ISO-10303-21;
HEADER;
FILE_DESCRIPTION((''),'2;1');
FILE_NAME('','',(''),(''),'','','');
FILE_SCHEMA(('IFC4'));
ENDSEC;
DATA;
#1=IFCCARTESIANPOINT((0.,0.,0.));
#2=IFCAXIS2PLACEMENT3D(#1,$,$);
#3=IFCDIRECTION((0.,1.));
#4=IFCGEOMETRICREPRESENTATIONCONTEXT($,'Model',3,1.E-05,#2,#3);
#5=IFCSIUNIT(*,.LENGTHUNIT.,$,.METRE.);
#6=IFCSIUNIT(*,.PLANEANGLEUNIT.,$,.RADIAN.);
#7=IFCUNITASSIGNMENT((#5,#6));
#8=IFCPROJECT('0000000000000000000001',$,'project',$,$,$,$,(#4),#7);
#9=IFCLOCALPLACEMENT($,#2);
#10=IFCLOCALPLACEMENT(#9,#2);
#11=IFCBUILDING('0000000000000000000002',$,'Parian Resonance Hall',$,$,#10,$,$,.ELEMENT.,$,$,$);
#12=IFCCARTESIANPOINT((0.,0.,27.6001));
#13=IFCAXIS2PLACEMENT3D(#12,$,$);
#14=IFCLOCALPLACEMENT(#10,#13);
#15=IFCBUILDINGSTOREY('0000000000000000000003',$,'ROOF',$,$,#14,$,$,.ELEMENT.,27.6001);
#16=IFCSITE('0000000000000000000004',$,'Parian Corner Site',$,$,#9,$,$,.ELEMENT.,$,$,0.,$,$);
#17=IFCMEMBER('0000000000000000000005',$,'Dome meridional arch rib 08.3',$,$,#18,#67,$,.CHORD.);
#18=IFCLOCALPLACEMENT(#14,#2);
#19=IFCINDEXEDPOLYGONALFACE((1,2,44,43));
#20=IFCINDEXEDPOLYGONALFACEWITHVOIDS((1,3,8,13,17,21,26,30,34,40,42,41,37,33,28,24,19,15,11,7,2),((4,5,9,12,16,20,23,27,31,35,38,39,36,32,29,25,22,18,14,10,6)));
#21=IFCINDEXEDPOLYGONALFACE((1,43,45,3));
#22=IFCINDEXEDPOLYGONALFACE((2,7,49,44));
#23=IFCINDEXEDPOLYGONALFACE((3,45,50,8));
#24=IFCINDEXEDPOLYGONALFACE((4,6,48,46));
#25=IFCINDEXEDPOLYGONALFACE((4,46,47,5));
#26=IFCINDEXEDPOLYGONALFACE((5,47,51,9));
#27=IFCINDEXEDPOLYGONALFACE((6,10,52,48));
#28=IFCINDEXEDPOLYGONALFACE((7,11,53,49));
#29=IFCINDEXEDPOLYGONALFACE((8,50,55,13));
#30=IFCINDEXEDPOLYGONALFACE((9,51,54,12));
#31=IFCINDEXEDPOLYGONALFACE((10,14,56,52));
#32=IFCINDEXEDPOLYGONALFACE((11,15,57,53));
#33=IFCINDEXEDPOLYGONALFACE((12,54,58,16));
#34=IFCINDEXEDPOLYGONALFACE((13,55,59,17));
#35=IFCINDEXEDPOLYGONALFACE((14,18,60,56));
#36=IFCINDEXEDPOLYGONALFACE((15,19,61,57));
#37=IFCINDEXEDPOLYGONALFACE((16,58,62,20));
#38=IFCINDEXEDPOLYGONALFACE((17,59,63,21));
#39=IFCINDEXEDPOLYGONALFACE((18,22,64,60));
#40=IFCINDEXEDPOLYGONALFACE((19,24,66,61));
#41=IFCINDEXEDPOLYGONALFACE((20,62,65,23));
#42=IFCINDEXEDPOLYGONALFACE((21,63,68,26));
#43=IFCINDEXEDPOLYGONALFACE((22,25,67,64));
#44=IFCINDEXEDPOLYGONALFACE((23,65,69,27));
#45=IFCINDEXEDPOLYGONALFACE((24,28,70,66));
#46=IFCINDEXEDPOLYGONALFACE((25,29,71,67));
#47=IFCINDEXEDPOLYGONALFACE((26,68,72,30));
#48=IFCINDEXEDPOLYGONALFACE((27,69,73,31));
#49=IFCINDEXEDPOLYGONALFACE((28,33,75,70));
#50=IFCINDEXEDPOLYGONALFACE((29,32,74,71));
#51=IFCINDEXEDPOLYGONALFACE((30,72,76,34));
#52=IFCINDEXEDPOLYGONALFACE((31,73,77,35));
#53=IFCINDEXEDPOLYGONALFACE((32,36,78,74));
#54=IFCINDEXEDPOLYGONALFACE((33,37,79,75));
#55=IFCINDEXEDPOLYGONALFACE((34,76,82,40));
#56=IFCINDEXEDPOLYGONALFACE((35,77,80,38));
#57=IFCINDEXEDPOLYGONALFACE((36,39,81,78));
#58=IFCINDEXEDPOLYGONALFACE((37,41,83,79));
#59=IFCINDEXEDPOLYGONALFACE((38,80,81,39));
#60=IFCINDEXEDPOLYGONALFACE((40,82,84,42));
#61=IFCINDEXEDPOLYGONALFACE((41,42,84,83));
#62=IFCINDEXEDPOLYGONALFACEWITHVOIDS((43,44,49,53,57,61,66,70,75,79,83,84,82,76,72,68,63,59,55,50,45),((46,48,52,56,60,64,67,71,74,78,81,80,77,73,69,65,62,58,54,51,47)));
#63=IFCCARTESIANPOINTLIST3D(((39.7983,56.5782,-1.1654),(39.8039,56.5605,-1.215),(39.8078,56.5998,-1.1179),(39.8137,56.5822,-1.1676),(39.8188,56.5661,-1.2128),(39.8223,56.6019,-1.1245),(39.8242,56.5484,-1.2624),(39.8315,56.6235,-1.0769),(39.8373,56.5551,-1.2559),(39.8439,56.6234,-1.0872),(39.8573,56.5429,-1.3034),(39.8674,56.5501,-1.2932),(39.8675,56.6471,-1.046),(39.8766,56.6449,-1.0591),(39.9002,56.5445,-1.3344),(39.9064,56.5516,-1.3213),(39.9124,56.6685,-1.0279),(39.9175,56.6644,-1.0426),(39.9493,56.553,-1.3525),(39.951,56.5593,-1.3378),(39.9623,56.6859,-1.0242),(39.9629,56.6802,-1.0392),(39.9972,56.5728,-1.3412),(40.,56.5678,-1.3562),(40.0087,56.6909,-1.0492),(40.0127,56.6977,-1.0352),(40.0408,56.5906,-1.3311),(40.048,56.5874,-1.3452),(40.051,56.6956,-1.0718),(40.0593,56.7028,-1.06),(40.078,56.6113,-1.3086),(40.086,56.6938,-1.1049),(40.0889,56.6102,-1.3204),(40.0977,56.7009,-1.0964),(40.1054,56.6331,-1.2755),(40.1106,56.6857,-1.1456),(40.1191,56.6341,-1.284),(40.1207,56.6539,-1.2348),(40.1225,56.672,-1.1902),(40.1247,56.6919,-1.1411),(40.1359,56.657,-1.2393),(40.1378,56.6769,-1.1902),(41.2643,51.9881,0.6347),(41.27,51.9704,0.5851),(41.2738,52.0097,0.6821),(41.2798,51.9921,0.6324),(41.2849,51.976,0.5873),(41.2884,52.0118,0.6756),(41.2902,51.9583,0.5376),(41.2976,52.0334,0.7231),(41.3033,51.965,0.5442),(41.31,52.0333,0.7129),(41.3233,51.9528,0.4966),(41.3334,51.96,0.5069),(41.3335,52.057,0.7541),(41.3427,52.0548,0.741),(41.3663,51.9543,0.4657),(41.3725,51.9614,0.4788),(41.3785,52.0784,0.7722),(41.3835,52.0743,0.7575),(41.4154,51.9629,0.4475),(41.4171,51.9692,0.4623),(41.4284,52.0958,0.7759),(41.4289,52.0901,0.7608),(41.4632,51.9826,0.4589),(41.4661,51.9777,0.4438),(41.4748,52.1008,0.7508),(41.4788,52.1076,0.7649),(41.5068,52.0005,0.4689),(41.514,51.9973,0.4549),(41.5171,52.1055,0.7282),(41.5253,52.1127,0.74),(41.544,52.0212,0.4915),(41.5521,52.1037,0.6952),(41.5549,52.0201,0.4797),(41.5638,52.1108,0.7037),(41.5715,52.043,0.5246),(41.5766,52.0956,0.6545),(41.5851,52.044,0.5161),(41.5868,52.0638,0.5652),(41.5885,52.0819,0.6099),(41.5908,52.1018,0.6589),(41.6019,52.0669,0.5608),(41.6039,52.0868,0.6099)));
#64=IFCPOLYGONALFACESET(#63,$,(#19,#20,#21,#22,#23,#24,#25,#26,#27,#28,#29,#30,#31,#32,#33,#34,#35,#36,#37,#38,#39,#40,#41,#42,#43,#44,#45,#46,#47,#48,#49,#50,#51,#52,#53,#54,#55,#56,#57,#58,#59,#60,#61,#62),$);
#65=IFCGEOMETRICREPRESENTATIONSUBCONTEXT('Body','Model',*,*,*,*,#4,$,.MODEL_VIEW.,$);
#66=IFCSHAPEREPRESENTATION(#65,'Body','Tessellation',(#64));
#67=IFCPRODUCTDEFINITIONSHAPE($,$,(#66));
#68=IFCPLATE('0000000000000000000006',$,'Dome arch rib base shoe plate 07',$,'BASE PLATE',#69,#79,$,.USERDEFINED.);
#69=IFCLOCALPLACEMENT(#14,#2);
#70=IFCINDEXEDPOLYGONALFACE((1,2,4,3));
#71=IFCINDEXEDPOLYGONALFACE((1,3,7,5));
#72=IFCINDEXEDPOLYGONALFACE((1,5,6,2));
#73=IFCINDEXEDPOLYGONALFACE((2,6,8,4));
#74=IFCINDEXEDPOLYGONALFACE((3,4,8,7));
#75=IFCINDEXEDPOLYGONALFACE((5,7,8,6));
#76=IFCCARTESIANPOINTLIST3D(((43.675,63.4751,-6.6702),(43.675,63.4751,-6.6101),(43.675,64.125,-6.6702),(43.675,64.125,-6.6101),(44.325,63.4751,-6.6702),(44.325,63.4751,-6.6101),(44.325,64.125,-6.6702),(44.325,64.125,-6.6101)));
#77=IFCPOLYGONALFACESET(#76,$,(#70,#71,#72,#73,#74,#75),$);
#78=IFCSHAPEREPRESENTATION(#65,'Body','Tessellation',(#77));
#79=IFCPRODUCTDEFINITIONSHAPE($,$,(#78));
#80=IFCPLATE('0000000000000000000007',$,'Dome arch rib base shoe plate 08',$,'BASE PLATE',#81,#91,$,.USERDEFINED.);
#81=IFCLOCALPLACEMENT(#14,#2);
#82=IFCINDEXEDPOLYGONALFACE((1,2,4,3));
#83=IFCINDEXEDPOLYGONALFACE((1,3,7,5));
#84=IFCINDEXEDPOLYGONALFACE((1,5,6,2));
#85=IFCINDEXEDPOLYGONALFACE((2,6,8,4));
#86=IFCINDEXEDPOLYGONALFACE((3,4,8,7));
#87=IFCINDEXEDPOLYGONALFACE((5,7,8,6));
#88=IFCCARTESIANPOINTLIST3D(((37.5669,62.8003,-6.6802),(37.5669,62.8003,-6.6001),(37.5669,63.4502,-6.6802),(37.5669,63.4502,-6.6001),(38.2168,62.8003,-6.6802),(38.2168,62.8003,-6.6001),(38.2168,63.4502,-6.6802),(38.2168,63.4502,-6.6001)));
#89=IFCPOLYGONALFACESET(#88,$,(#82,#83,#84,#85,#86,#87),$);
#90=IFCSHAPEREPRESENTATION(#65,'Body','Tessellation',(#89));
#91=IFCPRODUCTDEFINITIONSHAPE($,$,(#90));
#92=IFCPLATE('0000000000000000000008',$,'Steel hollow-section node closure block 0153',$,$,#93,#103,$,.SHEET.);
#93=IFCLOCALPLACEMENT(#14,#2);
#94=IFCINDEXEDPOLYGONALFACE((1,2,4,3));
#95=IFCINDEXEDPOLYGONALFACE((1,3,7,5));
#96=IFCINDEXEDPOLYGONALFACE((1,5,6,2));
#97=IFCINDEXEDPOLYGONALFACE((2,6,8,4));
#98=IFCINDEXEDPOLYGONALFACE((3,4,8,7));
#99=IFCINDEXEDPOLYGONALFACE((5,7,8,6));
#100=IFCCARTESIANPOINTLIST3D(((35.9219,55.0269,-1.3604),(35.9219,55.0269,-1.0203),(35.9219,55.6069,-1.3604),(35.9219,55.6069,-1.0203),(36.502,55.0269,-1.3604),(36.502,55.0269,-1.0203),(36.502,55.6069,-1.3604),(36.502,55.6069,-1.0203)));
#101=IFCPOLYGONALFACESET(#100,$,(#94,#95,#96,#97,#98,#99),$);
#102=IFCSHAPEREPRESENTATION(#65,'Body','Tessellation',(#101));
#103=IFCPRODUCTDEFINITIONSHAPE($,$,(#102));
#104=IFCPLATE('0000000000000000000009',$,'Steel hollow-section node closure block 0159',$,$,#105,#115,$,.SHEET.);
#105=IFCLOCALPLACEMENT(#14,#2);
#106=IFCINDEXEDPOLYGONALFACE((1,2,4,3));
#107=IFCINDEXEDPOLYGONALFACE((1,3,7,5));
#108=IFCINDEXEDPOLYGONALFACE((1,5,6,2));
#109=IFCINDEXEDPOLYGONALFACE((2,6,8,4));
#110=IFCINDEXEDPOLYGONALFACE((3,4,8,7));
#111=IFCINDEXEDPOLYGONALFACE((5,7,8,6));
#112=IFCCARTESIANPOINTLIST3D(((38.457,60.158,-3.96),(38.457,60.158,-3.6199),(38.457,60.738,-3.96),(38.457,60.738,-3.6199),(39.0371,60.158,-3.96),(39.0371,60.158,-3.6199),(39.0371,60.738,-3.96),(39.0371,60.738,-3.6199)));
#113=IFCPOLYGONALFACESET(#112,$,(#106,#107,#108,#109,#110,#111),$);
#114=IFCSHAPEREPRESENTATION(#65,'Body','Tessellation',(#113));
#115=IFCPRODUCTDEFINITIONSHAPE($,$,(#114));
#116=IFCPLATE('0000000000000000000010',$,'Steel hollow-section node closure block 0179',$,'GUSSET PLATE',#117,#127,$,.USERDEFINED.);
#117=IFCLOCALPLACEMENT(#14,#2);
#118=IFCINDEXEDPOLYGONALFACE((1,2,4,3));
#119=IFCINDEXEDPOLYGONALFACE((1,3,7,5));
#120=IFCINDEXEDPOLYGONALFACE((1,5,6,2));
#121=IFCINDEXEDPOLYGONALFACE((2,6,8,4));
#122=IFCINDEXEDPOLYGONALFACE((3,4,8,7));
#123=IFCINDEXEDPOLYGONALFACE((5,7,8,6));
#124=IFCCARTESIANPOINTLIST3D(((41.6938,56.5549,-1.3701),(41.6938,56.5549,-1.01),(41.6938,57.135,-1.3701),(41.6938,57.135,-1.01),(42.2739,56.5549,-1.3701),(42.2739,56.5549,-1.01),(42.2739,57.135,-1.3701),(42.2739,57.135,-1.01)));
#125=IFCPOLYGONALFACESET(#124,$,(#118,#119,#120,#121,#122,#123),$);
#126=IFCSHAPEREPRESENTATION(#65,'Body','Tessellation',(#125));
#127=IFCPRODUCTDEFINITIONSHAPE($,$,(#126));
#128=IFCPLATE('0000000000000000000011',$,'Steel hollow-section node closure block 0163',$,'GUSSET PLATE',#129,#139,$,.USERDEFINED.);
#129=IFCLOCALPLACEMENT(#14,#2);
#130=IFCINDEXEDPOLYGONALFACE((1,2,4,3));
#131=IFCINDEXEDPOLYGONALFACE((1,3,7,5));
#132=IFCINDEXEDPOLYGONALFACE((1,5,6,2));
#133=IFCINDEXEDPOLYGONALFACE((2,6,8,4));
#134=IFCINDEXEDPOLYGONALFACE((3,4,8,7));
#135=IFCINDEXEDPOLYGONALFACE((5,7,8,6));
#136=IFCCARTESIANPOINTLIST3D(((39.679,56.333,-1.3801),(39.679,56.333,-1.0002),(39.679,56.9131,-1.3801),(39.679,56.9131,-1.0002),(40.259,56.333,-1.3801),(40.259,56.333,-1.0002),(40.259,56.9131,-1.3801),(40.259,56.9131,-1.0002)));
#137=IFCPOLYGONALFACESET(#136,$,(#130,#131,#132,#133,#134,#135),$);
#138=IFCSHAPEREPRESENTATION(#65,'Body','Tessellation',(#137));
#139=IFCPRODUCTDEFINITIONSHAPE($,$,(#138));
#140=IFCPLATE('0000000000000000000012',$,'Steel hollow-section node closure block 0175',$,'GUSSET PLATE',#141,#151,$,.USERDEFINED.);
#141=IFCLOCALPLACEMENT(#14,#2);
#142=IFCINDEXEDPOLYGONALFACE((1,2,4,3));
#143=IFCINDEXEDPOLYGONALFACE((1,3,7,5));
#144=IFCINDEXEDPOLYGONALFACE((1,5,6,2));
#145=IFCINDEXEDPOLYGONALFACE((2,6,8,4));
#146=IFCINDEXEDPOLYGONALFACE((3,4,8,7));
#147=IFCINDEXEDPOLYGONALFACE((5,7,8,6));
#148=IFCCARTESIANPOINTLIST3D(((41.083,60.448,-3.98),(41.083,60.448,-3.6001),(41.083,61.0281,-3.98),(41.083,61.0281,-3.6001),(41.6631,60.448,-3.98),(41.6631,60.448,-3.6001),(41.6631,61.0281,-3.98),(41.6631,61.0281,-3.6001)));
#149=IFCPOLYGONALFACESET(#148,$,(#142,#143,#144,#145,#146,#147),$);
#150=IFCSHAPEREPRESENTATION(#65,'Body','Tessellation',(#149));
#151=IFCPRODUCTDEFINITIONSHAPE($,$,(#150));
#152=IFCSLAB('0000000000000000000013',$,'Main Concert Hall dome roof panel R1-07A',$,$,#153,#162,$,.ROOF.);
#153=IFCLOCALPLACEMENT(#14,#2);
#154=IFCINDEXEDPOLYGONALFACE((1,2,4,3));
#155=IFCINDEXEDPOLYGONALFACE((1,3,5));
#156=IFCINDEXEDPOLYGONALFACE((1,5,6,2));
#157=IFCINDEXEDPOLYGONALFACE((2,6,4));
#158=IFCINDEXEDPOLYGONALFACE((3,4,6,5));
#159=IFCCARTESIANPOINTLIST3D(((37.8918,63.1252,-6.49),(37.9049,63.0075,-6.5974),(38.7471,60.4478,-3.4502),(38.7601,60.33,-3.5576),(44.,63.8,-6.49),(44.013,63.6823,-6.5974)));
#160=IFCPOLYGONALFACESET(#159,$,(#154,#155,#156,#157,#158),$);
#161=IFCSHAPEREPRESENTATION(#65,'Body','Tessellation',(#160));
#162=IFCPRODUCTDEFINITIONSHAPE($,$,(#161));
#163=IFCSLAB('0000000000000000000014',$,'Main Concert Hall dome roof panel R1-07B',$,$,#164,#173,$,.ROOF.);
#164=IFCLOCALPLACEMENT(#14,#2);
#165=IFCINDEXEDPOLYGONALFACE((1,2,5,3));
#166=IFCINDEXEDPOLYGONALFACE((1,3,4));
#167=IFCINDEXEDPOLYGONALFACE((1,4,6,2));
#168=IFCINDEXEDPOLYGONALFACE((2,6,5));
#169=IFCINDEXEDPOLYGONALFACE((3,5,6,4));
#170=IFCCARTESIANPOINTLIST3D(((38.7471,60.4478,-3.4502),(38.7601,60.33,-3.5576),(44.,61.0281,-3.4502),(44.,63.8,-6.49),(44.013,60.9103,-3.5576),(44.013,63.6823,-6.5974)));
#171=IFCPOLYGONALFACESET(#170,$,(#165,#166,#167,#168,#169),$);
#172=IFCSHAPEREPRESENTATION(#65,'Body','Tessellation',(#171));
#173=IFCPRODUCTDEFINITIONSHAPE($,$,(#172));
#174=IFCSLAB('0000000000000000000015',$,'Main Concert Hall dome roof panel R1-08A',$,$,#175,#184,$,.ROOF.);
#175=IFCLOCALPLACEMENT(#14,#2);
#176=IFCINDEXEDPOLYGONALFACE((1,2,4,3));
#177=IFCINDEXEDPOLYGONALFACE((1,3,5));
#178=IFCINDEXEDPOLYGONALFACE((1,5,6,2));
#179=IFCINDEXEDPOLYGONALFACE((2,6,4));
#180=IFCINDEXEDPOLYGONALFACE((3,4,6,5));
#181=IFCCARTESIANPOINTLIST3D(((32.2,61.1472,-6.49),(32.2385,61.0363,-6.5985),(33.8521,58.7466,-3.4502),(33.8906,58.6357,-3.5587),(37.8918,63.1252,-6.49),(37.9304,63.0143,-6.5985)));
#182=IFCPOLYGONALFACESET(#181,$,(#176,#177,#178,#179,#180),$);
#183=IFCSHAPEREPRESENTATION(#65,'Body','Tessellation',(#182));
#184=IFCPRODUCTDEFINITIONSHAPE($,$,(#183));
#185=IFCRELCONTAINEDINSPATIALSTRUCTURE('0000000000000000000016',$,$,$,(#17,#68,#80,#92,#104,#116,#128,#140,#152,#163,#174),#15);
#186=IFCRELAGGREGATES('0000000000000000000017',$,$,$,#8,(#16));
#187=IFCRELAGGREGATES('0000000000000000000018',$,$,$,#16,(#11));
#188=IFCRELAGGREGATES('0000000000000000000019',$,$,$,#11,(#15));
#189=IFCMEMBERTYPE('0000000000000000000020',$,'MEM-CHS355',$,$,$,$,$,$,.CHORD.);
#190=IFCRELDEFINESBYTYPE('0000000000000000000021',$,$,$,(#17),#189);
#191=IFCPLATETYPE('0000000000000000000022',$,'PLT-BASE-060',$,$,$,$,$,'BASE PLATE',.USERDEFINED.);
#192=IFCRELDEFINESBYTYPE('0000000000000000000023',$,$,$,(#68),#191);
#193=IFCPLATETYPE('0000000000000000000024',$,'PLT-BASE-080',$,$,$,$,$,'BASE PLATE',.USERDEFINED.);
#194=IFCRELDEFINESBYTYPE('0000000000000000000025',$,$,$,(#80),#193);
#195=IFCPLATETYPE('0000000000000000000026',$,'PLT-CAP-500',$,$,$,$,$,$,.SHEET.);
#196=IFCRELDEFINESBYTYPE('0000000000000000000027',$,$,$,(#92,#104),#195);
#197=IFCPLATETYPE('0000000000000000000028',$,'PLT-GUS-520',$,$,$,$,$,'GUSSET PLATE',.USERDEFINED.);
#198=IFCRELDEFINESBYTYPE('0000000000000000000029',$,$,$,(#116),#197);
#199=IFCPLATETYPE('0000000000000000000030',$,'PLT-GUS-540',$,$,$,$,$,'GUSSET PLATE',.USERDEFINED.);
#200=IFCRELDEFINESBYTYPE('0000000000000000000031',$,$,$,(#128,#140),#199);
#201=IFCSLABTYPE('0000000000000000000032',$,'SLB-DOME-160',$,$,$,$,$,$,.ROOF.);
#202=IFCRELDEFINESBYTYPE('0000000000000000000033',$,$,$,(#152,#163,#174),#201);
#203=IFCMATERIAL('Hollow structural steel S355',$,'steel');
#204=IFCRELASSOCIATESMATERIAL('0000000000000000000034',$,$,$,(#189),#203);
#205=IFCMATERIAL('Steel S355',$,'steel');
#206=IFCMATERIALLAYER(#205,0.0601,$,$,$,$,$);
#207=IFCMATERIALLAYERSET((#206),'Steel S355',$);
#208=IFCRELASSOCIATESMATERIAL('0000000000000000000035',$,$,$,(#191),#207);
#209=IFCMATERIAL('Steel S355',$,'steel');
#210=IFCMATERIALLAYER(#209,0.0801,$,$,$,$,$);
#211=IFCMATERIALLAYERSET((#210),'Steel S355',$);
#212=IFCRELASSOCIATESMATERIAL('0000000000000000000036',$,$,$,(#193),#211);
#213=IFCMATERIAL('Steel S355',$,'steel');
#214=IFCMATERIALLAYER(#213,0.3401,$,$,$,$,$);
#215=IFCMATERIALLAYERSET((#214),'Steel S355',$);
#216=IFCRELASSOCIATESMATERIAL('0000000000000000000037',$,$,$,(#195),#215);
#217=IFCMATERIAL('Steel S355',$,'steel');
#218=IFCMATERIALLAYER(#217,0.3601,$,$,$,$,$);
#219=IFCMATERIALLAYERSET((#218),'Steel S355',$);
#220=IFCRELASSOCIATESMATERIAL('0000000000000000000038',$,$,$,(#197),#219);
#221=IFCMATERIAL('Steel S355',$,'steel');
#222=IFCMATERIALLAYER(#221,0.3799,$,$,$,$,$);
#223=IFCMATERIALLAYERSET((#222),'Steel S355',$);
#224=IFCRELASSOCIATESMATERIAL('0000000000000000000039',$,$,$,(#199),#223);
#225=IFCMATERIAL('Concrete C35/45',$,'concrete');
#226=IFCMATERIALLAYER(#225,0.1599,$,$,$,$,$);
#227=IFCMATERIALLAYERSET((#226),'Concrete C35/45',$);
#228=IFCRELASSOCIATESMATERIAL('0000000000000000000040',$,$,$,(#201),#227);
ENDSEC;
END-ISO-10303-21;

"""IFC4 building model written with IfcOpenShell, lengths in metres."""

from ifc_helpers import new_model, si_unit, direction, frame, origin, origin_2d, place, context, subcontext, project, spatial, polyline, rectangle, hollow_circle, outline, extrude, material, layer, layer_set, material_profile, profile_set, type_object, element, save


model = new_model("IFC4")

# Units and contexts
model_context = context("Model", 3, precision=1e-05, world=origin(), true_north=direction((0.0, 1.0)))
body_context = subcontext(model_context, "Body", "Model", "MODEL_VIEW")
ifc_project = project(units=[si_unit("LENGTHUNIT", "METRE"), si_unit("PLANEANGLEUNIT", "RADIAN")], contexts=[model_context])

# Site, building, storey
site_placement = place(None, origin())
site = spatial("IfcSite", under=ifc_project, at=site_placement, Name="Parian Corner Site", CompositionType="ELEMENT", RefElevation=0.0)
building_placement = place(site_placement, origin())
building = spatial("IfcBuilding", under=site, at=building_placement, Name="Parian Resonance Hall", CompositionType="ELEMENT")
storey_placement = place(building_placement, frame((0.0, 0.0, 27.6001)))
storey = spatial("IfcBuildingStorey", under=building, at=storey_placement, Name="ROOF", CompositionType="ELEMENT", Elevation=27.6001)

# Member
ifc_material_1 = material(Name="Hollow structural steel S355", Category="steel")
ifc_material_profile_1 = material_profile(ifc_material_1, hollow_circle(Radius=0.1777, WallThickness=0.0161, at=origin_2d()), Name="CHS355.6x16")
ifc_profile_set_1 = profile_set([ifc_material_profile_1], Name="Hollow structural steel S355")
member_type_1 = type_object("IfcMemberType", Name="MEM-CHS355", PredefinedType="CHORD", material=ifc_profile_set_1)
member_1_placement = place(storey_placement, frame((39.9685, 56.6228, -1.1902), z_axis=(0.285017, -0.892358, 0.349947), x_axis=(0.95259, 0.304255, 0.0)))
element("IfcMember", 1, at=member_1_placement, inside=storey, type_object=member_type_1, Name="Dome meridional arch rib 08.3", PredefinedType="CHORD", context=body_context, shape_type="SweptSolid", body=[
    extrude(hollow_circle(Radius=0.1777, WallThickness=0.0161, at=origin_2d()), origin(), (0.0, 0.0, 1.0), 5.1438),
])

# Plates
ifc_material_2 = material(Name="Steel S355", Category="steel")
ifc_layer_1 = layer(ifc_material_2, 0.0601)
ifc_layer_set_1 = layer_set([ifc_layer_1], Name="Steel S355")
plate_type_1 = type_object("IfcPlateType", Name="PLT-BASE-060", ElementType="BASE PLATE", PredefinedType="USERDEFINED", material=ifc_layer_set_1)
plate_1_placement = place(storey_placement, frame((44.0, 63.8, -6.6702), z_axis=(0.0, 0.0, 1.0), x_axis=(1.0, 0.0, 0.0)))
element("IfcPlate", 2, at=plate_1_placement, inside=storey, type_object=plate_type_1, Name="Dome arch rib base shoe plate 07", ObjectType="BASE PLATE", PredefinedType="USERDEFINED", context=body_context, shape_type="SweptSolid", body=[
    extrude(rectangle(XDim=0.6499, YDim=0.6499, at=origin_2d()), origin(), (0.0, 0.0, 1.0), 0.0601),
])
ifc_material_3 = material(Name="Steel S355", Category="steel")
ifc_layer_2 = layer(ifc_material_3, 0.0801)
ifc_layer_set_2 = layer_set([ifc_layer_2], Name="Steel S355")
plate_type_2 = type_object("IfcPlateType", Name="PLT-BASE-080", ElementType="BASE PLATE", PredefinedType="USERDEFINED", material=ifc_layer_set_2)
plate_2_placement = place(storey_placement, frame((37.8918, 63.1252, -6.6802), z_axis=(0.0, 0.0, 1.0), x_axis=(1.0, 0.0, 0.0)))
element("IfcPlate", 3, at=plate_2_placement, inside=storey, type_object=plate_type_2, Name="Dome arch rib base shoe plate 08", ObjectType="BASE PLATE", PredefinedType="USERDEFINED", context=body_context, shape_type="SweptSolid", body=[
    extrude(rectangle(XDim=0.6499, YDim=0.6499, at=origin_2d()), origin(), (0.0, 0.0, 1.0), 0.0801),
])
ifc_material_4 = material(Name="Steel S355", Category="steel")
ifc_layer_3 = layer(ifc_material_4, 0.3401)
ifc_layer_set_3 = layer_set([ifc_layer_3], Name="Steel S355")
plate_type_3 = type_object("IfcPlateType", Name="PLT-CAP-500", PredefinedType="SHEET", material=ifc_layer_set_3)
for number, where, z_axis, x_axis, name in (
    (4, (36.2119, 55.3169, -1.3604), (0.0, 0.0, 1.0), (1.0, 0.0, 0.0), "Steel hollow-section node closure block 0153"),
    (5, (38.7471, 60.448, -3.96), (0.0, 0.0, 1.0), (1.0, 0.0, 0.0), "Steel hollow-section node closure block 0159"),
):
    element("IfcPlate", number, at=place(storey_placement, frame(where, z_axis=z_axis, x_axis=x_axis)), inside=storey, type_object=plate_type_3, Name=name, PredefinedType="SHEET", context=body_context, shape_type="SweptSolid", body=[
        extrude(rectangle(XDim=0.5801, YDim=0.5801, at=origin_2d()), origin(), (0.0, 0.0, 1.0), 0.3401),
    ])
ifc_material_5 = material(Name="Steel S355", Category="steel")
ifc_layer_4 = layer(ifc_material_5, 0.3601)
ifc_layer_set_4 = layer_set([ifc_layer_4], Name="Steel S355")
plate_type_4 = type_object("IfcPlateType", Name="PLT-GUS-520", ElementType="GUSSET PLATE", PredefinedType="USERDEFINED", material=ifc_layer_set_4)
plate_3_placement = place(storey_placement, frame((41.9839, 56.845, -1.3701), z_axis=(0.0, 0.0, 1.0), x_axis=(1.0, 0.0, 0.0)))
element("IfcPlate", 6, at=plate_3_placement, inside=storey, type_object=plate_type_4, Name="Steel hollow-section node closure block 0179", ObjectType="GUSSET PLATE", PredefinedType="USERDEFINED", context=body_context, shape_type="SweptSolid", body=[
    extrude(rectangle(XDim=0.5801, YDim=0.5801, at=origin_2d()), origin(), (0.0, 0.0, 1.0), 0.3601),
])
ifc_material_6 = material(Name="Steel S355", Category="steel")
ifc_layer_5 = layer(ifc_material_6, 0.3799)
ifc_layer_set_5 = layer_set([ifc_layer_5], Name="Steel S355")
plate_type_5 = type_object("IfcPlateType", Name="PLT-GUS-540", ElementType="GUSSET PLATE", PredefinedType="USERDEFINED", material=ifc_layer_set_5)
for number, where, z_axis, x_axis, name in (
    (7, (39.969, 56.623, -1.3801), (0.0, 0.0, 1.0), (1.0, 0.0, 0.0), "Steel hollow-section node closure block 0163"),
    (8, (41.373, 60.738, -3.98), (0.0, 0.0, 1.0), (1.0, 0.0, 0.0), "Steel hollow-section node closure block 0175"),
):
    element("IfcPlate", number, at=place(storey_placement, frame(where, z_axis=z_axis, x_axis=x_axis)), inside=storey, type_object=plate_type_5, Name=name, ObjectType="GUSSET PLATE", PredefinedType="USERDEFINED", context=body_context, shape_type="SweptSolid", body=[
        extrude(rectangle(XDim=0.5801, YDim=0.5801, at=origin_2d()), origin(), (0.0, 0.0, 1.0), 0.3799),
    ])

# Slabs
ifc_material_7 = material(Name="Concrete C35/45", Category="concrete")
ifc_layer_6 = layer(ifc_material_7, 0.1599)
ifc_layer_set_6 = layer_set([ifc_layer_6], Name="Concrete C35/45")
slab_type = type_object("IfcSlabType", Name="SLB-DOME-160", PredefinedType="ROOF", material=ifc_layer_set_6)
slab_1_placement = place(storey_placement, frame((44.0, 63.8, -6.49), z_axis=(-0.081361, 0.736458, 0.671572), x_axis=(-0.993953, -0.109808, 0.0)))
element("IfcSlab", 9, at=slab_1_placement, inside=storey, type_object=slab_type, Name="Main Concert Hall dome roof panel R1-07A", PredefinedType="ROOF", context=body_context, shape_type="SweptSolid", body=[
    extrude(outline(polyline([(0.0, 0.0), (6.1453, 0.0), (5.5893, 4.1026), (0.0, 0.0)])), origin(), (0.0, 0.0, -1.0), 0.1599),
])
slab_2_placement = place(storey_placement, frame((44.0, 63.8, -6.49), z_axis=(-0.081361, 0.736458, 0.671572), x_axis=(-0.757631, -0.483502, 0.43843)))
element("IfcSlab", 10, at=slab_2_placement, inside=storey, type_object=slab_type, Name="Main Concert Hall dome roof panel R1-07B", PredefinedType="ROOF", context=body_context, shape_type="SweptSolid", body=[
    extrude(outline(polyline([(0.0, 0.0), (6.9334, 0.0), (2.673, 3.1272), (0.0, 0.0)])), origin(), (0.0, 0.0, -1.0), 0.1599),
])
slab_3_placement = place(storey_placement, frame((37.8918, 63.1252, -6.49), z_axis=(-0.24105, 0.693635, 0.678797), x_axis=(-0.944587, -0.32826, 0.0)))
element("IfcSlab", 11, at=slab_3_placement, inside=storey, type_object=slab_type, Name="Main Concert Hall dome roof panel R1-08A", PredefinedType="ROOF", context=body_context, shape_type="SweptSolid", body=[
    extrude(outline(polyline([(0.0, 0.0), (6.0258, 0.0), (5.2533, 4.1396), (0.0, 0.0)])), origin(), (0.0, 0.0, -1.0), 0.1599),
])

save(model, "model.ifc")
